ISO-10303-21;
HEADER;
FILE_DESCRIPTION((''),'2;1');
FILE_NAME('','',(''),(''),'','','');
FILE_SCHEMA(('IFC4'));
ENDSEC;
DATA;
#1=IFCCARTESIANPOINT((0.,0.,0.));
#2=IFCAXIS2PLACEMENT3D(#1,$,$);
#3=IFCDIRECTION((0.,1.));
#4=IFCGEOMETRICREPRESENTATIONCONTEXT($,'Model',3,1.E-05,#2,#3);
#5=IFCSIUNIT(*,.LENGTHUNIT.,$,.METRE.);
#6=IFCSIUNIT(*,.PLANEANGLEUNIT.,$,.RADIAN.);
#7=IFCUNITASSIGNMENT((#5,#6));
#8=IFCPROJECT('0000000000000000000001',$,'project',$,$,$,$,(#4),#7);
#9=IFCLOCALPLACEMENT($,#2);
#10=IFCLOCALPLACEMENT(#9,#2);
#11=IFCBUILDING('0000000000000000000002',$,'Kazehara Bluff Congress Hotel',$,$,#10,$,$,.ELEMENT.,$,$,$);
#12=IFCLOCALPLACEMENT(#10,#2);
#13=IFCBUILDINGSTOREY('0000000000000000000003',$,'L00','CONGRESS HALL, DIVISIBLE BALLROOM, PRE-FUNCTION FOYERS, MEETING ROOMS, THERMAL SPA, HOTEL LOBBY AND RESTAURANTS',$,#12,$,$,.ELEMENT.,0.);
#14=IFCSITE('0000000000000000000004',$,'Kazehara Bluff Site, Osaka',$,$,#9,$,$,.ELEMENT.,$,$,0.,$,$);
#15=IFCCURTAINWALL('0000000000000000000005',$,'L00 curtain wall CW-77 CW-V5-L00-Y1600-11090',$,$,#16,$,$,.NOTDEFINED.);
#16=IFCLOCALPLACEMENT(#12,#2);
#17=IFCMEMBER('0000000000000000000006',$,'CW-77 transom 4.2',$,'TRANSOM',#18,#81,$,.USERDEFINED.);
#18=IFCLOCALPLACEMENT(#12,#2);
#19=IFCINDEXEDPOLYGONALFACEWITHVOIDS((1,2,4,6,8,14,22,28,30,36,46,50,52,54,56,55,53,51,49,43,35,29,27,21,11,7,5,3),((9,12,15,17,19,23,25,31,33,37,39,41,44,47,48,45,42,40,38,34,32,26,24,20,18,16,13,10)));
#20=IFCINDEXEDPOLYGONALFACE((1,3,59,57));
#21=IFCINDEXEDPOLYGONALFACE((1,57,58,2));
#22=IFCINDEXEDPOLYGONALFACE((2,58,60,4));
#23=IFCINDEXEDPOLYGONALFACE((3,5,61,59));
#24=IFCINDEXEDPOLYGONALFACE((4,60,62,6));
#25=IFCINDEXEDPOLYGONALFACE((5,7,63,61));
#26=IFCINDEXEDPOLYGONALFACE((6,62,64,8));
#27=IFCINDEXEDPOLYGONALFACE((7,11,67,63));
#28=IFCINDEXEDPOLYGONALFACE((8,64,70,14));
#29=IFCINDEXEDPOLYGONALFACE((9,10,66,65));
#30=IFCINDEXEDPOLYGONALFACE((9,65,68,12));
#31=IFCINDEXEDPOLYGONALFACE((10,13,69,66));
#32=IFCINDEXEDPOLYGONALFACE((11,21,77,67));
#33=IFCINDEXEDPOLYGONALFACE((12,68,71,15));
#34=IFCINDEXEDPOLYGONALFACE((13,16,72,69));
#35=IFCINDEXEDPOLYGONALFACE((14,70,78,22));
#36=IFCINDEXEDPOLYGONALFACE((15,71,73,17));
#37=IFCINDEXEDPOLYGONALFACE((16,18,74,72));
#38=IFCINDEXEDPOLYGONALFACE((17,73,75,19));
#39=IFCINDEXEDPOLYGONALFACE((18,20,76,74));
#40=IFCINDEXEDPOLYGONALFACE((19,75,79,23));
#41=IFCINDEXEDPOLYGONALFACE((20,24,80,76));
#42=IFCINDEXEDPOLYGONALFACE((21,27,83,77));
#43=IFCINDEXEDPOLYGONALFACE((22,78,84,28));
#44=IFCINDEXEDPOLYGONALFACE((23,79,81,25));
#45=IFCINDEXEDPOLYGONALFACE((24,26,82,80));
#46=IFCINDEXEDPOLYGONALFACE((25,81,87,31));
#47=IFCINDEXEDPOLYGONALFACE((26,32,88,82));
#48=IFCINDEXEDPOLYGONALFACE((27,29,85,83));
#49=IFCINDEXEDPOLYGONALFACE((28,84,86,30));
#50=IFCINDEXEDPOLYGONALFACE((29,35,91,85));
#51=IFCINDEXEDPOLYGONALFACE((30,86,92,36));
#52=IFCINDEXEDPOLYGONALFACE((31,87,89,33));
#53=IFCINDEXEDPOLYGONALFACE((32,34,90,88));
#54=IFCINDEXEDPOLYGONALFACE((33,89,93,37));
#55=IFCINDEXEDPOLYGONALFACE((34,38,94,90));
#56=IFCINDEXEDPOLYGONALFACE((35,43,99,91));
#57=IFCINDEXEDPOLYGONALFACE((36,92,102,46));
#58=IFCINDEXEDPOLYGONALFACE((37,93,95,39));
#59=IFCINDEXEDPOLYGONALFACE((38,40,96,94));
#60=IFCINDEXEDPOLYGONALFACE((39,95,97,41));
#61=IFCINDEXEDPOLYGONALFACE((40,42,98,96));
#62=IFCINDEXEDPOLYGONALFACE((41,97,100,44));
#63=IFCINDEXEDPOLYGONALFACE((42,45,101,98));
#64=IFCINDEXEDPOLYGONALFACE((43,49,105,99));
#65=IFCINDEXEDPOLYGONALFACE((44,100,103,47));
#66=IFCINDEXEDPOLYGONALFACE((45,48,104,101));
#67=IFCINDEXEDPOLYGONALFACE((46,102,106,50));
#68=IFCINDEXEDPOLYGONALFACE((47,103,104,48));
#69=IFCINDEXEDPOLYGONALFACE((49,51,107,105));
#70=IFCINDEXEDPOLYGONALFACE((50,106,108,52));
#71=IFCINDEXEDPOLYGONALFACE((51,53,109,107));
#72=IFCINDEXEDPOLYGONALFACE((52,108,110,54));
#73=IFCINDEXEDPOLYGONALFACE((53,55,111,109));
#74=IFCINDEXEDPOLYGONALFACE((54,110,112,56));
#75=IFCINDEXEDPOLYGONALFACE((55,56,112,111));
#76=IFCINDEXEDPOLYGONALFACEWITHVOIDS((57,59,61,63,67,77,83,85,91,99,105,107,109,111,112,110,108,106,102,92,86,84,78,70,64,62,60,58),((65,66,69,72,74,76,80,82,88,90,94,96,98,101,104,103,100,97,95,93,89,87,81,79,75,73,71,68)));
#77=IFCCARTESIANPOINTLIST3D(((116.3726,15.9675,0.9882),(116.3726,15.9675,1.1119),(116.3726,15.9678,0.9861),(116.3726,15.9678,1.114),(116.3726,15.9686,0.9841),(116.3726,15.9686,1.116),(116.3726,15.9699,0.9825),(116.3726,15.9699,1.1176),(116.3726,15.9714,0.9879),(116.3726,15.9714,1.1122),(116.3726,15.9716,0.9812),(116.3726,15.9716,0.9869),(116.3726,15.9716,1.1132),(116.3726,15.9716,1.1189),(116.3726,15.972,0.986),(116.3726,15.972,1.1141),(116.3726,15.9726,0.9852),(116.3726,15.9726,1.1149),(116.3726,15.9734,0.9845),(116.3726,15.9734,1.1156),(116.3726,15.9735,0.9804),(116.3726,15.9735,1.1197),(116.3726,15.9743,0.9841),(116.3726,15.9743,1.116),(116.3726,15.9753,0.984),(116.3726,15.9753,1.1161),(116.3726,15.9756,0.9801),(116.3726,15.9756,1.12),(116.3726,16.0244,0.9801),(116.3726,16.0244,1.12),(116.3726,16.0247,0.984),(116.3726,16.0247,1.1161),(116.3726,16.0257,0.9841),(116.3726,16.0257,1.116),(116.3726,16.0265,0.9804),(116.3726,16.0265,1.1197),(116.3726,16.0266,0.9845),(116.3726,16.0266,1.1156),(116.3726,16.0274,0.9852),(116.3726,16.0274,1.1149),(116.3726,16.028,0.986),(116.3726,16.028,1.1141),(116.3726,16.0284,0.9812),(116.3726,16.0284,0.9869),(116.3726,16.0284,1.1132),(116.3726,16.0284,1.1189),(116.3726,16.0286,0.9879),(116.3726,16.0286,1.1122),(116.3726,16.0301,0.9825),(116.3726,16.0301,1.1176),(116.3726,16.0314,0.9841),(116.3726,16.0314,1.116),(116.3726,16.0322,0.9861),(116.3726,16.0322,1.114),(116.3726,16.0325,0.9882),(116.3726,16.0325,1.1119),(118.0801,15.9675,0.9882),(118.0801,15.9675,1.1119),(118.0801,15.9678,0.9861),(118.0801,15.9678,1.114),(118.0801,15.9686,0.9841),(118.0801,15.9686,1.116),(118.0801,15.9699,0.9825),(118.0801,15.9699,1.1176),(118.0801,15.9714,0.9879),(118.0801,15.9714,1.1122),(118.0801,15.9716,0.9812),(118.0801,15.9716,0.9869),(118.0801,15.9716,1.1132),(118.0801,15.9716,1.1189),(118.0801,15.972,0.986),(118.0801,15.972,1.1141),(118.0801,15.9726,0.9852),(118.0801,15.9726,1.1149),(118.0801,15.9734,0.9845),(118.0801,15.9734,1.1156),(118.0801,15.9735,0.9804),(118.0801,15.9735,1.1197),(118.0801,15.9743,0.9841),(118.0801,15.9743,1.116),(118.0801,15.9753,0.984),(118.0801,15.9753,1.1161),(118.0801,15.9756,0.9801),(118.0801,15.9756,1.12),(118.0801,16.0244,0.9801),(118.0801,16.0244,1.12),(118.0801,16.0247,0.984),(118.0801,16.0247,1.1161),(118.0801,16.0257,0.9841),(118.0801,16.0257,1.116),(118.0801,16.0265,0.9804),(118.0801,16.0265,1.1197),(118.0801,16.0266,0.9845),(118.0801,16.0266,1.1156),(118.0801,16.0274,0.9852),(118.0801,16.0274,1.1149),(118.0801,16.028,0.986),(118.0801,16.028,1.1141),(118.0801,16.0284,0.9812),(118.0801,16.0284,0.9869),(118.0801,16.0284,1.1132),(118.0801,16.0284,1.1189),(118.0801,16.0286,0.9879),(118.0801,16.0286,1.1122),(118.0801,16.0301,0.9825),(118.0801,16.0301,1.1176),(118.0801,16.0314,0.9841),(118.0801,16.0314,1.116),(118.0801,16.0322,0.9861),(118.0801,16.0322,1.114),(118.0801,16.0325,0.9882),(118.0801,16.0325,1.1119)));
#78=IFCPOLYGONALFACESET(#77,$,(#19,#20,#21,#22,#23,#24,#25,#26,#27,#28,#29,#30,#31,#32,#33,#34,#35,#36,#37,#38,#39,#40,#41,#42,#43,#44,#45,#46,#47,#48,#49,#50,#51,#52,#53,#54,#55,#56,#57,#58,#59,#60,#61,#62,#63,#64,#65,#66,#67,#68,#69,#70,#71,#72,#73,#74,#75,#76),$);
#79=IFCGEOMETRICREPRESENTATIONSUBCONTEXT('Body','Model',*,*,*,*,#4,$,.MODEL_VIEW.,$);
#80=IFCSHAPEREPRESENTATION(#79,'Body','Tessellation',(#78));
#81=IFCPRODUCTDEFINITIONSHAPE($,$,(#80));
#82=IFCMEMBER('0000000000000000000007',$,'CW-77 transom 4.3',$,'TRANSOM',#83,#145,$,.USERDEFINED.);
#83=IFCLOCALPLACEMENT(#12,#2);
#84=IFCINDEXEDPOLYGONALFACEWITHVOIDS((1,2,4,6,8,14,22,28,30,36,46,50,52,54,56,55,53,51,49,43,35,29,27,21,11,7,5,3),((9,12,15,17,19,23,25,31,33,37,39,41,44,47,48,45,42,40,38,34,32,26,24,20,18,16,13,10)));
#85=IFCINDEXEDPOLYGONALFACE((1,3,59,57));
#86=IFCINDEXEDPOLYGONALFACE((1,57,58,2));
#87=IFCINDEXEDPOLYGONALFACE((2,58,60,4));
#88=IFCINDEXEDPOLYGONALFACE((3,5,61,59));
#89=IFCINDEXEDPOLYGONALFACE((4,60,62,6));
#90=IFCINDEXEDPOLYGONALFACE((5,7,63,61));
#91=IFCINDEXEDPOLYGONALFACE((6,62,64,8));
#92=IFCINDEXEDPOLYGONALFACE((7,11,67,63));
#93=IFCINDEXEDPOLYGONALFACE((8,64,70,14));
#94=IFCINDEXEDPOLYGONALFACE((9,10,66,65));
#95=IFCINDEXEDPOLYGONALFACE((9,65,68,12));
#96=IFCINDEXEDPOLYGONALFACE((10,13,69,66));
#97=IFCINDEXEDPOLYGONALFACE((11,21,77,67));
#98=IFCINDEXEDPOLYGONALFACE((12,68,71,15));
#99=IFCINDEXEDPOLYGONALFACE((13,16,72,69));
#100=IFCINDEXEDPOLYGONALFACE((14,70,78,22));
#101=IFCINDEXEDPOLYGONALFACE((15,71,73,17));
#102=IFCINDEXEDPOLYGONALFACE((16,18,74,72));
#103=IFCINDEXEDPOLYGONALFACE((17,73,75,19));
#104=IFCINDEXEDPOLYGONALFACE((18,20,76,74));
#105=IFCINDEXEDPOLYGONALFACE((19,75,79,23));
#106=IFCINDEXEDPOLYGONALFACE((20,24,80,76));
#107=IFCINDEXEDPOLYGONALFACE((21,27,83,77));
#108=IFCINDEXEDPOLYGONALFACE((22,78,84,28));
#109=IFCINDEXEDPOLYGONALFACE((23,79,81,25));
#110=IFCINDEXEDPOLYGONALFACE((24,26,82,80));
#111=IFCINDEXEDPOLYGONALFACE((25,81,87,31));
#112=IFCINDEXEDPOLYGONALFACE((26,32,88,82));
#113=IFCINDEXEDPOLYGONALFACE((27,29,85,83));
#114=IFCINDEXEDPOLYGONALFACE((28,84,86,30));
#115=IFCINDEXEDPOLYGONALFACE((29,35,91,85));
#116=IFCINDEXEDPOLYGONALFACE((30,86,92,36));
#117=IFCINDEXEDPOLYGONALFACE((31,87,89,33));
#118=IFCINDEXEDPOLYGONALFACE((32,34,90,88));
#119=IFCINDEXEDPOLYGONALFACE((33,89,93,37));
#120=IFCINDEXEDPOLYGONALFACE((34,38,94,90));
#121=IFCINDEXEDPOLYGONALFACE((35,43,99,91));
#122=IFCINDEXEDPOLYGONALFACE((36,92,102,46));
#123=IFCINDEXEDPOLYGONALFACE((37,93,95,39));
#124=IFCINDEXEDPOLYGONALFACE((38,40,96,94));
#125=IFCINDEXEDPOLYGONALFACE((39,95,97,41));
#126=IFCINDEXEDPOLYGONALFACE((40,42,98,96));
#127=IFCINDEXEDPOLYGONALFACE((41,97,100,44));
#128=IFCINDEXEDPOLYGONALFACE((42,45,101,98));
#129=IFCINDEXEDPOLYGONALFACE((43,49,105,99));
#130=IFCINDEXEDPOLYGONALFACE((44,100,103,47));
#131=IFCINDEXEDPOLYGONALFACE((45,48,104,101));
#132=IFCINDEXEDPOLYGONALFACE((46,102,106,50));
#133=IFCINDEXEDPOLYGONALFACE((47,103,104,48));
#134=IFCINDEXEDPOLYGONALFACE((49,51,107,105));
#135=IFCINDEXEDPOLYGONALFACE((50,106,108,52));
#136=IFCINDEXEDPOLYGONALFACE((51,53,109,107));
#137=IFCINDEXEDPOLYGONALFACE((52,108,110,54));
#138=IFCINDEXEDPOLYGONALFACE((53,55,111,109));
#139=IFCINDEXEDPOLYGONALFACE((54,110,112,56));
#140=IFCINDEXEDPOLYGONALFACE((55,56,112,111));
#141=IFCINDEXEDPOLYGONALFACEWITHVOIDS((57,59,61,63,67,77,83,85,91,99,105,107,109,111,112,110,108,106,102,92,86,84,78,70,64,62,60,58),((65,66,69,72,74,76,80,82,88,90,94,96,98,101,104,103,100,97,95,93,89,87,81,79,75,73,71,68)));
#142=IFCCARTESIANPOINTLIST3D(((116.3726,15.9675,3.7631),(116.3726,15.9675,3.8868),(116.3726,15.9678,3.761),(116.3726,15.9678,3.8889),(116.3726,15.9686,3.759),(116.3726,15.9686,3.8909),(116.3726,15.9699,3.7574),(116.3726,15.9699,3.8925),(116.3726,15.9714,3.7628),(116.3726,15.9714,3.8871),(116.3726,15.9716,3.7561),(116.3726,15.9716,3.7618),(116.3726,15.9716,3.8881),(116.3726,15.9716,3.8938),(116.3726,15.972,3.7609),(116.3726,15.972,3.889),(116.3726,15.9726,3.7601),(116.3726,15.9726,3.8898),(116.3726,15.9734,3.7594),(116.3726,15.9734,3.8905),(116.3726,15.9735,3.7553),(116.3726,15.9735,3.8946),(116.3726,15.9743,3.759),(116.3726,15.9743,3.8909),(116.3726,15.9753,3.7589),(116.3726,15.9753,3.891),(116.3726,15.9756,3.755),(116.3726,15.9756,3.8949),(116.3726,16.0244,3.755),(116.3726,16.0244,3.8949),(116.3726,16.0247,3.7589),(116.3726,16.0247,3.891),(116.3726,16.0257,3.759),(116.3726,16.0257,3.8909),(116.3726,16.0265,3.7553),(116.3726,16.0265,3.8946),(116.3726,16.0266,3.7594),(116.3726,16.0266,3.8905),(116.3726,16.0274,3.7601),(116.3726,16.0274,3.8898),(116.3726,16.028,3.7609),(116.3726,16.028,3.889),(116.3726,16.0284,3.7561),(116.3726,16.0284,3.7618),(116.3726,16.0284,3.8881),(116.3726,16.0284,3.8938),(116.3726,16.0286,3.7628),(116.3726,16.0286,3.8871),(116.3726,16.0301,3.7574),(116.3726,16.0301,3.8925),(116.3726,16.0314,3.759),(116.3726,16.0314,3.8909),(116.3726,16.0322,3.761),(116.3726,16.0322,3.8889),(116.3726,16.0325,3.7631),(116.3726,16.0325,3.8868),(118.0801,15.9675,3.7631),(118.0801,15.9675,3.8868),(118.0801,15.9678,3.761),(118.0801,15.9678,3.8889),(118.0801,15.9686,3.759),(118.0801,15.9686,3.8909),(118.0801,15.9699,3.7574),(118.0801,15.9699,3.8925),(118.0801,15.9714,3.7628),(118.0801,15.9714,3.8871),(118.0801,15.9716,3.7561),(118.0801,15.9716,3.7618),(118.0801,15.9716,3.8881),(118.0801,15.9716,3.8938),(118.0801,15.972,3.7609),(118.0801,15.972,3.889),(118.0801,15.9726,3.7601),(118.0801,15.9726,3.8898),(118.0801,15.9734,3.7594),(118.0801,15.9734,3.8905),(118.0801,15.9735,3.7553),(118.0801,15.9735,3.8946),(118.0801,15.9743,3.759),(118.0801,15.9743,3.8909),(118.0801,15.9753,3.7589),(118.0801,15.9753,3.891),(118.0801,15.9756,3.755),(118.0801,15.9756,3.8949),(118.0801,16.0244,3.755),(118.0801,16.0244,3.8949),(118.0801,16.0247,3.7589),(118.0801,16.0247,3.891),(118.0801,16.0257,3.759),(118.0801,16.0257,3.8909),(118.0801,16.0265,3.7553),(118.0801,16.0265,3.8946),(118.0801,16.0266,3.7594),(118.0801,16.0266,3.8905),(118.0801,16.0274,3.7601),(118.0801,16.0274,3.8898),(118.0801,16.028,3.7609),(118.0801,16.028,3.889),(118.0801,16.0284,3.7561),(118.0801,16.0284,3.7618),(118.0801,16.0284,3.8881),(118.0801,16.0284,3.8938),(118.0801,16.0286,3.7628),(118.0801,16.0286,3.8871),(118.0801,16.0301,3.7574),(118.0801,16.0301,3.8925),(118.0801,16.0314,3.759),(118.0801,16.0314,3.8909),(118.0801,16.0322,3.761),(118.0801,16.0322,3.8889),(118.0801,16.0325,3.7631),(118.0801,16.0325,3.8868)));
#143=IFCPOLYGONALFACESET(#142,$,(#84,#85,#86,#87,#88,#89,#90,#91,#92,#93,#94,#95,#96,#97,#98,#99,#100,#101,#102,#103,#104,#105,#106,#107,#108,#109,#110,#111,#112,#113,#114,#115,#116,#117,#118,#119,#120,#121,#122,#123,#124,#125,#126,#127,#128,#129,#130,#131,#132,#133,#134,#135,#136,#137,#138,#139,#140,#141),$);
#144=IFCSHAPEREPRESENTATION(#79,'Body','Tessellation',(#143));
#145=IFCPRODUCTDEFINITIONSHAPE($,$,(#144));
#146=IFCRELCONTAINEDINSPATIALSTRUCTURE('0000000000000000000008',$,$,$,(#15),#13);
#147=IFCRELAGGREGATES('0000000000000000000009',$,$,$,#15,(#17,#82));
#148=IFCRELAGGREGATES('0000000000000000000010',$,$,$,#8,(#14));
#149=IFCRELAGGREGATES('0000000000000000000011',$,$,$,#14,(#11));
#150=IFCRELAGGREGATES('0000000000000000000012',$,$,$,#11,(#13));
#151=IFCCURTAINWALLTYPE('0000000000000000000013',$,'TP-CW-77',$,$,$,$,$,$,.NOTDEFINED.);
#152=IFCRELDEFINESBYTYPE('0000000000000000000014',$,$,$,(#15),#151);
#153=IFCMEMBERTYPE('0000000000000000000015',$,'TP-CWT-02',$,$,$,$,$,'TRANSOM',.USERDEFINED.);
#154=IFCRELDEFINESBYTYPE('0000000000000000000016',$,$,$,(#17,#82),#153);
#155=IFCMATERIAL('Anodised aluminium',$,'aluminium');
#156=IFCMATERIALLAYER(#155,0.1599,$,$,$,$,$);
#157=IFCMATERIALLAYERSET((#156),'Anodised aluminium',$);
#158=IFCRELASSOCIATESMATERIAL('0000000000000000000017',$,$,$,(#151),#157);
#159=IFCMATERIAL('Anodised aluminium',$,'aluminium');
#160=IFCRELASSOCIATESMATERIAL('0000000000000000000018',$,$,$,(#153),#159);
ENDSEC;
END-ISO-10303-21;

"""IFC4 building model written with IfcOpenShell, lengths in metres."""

from ifc_helpers import new_model, si_unit, direction, frame, origin, origin_2d, place, context, subcontext, project, spatial, hollow_rectangle, extrude, material, layer, layer_set, material_profile, profile_set, type_object, element, aggregate, save


model = new_model("IFC4")

# Units and contexts
model_context = context("Model", 3, precision=1e-05, world=origin(), true_north=direction((0.0, 1.0)))
body_context = subcontext(model_context, "Body", "Model", "MODEL_VIEW")
ifc_project = project(units=[si_unit("LENGTHUNIT", "METRE"), si_unit("PLANEANGLEUNIT", "RADIAN")], contexts=[model_context])

# Site, building, storey
site_placement = place(None, origin())
site = spatial("IfcSite", under=ifc_project, at=site_placement, Name="Kazehara Bluff Site, Osaka", CompositionType="ELEMENT", RefElevation=0.0)
building_placement = place(site_placement, origin())
building = spatial("IfcBuilding", under=site, at=building_placement, Name="Kazehara Bluff Congress Hotel", CompositionType="ELEMENT")
storey_placement = place(building_placement, origin())
storey = spatial("IfcBuildingStorey", under=building, at=storey_placement, Name="L00", Description="CONGRESS HALL, DIVISIBLE BALLROOM, PRE-FUNCTION FOYERS, MEETING ROOMS, THERMAL SPA, HOTEL LOBBY AND RESTAURANTS", CompositionType="ELEMENT", Elevation=0.0)

# Curtain wall, members
ifc_material_1 = material(Name="Anodised aluminium", Category="aluminium")
ifc_layer_1 = layer(ifc_material_1, 0.1599)
ifc_layer_set_1 = layer_set([ifc_layer_1], Name="Anodised aluminium")
curtain_wall_type = type_object("IfcCurtainWallType", Name="TP-CW-77", PredefinedType="NOTDEFINED", material=ifc_layer_set_1)
curtain_wall_placement = place(storey_placement, origin())
curtain_wall = element("IfcCurtainWall", 1, at=curtain_wall_placement, inside=storey, type_object=curtain_wall_type, Name="L00 curtain wall CW-77 CW-V5-L00-Y1600-11090", PredefinedType="NOTDEFINED")
ifc_material_2 = material(Name="Anodised aluminium", Category="aluminium")
ifc_material_profile_1 = material_profile(ifc_material_2, hollow_rectangle(XDim=0.0649, YDim=0.1399, WallThickness=0.0039, InnerFilletRadius=0.0039, OuterFilletRadius=0.0081, at=origin_2d()))
ifc_profile_set_1 = profile_set([ifc_material_profile_1], Name="Anodised aluminium")
member_type_1 = type_object("IfcMemberType", Name="TP-CWT-02", ElementType="TRANSOM", PredefinedType="USERDEFINED", material=ifc_profile_set_1)
member_1_placement = place(storey_placement, frame((116.3726, 16.0, 1.05), z_axis=(1.0, 0.0, 0.0), x_axis=(0.0, 1.0, 0.0)))
member_1 = element("IfcMember", 2, at=member_1_placement, type_object=member_type_1, Name="CW-77 transom 4.2", ObjectType="TRANSOM", PredefinedType="USERDEFINED", context=body_context, shape_type="SweptSolid", body=[
    extrude(hollow_rectangle(XDim=0.0649, YDim=0.1399, WallThickness=0.0039, InnerFilletRadius=0.0039, OuterFilletRadius=0.0081, at=origin_2d()), origin(), (0.0, 0.0, 1.0), 1.7075),
])
member_2_placement = place(storey_placement, frame((116.3726, 16.0, 3.825), z_axis=(1.0, 0.0, 0.0), x_axis=(0.0, 1.0, 0.0)))
member_2 = element("IfcMember", 3, at=member_2_placement, type_object=member_type_1, Name="CW-77 transom 4.3", ObjectType="TRANSOM", PredefinedType="USERDEFINED", context=body_context, shape_type="SweptSolid", body=[
    extrude(hollow_rectangle(XDim=0.0649, YDim=0.1399, WallThickness=0.0039, InnerFilletRadius=0.0039, OuterFilletRadius=0.0081, at=origin_2d()), origin(), (0.0, 0.0, 1.0), 1.7075),
])

aggregate(curtain_wall, [member_1, member_2])

save(model, "model.ifc")
